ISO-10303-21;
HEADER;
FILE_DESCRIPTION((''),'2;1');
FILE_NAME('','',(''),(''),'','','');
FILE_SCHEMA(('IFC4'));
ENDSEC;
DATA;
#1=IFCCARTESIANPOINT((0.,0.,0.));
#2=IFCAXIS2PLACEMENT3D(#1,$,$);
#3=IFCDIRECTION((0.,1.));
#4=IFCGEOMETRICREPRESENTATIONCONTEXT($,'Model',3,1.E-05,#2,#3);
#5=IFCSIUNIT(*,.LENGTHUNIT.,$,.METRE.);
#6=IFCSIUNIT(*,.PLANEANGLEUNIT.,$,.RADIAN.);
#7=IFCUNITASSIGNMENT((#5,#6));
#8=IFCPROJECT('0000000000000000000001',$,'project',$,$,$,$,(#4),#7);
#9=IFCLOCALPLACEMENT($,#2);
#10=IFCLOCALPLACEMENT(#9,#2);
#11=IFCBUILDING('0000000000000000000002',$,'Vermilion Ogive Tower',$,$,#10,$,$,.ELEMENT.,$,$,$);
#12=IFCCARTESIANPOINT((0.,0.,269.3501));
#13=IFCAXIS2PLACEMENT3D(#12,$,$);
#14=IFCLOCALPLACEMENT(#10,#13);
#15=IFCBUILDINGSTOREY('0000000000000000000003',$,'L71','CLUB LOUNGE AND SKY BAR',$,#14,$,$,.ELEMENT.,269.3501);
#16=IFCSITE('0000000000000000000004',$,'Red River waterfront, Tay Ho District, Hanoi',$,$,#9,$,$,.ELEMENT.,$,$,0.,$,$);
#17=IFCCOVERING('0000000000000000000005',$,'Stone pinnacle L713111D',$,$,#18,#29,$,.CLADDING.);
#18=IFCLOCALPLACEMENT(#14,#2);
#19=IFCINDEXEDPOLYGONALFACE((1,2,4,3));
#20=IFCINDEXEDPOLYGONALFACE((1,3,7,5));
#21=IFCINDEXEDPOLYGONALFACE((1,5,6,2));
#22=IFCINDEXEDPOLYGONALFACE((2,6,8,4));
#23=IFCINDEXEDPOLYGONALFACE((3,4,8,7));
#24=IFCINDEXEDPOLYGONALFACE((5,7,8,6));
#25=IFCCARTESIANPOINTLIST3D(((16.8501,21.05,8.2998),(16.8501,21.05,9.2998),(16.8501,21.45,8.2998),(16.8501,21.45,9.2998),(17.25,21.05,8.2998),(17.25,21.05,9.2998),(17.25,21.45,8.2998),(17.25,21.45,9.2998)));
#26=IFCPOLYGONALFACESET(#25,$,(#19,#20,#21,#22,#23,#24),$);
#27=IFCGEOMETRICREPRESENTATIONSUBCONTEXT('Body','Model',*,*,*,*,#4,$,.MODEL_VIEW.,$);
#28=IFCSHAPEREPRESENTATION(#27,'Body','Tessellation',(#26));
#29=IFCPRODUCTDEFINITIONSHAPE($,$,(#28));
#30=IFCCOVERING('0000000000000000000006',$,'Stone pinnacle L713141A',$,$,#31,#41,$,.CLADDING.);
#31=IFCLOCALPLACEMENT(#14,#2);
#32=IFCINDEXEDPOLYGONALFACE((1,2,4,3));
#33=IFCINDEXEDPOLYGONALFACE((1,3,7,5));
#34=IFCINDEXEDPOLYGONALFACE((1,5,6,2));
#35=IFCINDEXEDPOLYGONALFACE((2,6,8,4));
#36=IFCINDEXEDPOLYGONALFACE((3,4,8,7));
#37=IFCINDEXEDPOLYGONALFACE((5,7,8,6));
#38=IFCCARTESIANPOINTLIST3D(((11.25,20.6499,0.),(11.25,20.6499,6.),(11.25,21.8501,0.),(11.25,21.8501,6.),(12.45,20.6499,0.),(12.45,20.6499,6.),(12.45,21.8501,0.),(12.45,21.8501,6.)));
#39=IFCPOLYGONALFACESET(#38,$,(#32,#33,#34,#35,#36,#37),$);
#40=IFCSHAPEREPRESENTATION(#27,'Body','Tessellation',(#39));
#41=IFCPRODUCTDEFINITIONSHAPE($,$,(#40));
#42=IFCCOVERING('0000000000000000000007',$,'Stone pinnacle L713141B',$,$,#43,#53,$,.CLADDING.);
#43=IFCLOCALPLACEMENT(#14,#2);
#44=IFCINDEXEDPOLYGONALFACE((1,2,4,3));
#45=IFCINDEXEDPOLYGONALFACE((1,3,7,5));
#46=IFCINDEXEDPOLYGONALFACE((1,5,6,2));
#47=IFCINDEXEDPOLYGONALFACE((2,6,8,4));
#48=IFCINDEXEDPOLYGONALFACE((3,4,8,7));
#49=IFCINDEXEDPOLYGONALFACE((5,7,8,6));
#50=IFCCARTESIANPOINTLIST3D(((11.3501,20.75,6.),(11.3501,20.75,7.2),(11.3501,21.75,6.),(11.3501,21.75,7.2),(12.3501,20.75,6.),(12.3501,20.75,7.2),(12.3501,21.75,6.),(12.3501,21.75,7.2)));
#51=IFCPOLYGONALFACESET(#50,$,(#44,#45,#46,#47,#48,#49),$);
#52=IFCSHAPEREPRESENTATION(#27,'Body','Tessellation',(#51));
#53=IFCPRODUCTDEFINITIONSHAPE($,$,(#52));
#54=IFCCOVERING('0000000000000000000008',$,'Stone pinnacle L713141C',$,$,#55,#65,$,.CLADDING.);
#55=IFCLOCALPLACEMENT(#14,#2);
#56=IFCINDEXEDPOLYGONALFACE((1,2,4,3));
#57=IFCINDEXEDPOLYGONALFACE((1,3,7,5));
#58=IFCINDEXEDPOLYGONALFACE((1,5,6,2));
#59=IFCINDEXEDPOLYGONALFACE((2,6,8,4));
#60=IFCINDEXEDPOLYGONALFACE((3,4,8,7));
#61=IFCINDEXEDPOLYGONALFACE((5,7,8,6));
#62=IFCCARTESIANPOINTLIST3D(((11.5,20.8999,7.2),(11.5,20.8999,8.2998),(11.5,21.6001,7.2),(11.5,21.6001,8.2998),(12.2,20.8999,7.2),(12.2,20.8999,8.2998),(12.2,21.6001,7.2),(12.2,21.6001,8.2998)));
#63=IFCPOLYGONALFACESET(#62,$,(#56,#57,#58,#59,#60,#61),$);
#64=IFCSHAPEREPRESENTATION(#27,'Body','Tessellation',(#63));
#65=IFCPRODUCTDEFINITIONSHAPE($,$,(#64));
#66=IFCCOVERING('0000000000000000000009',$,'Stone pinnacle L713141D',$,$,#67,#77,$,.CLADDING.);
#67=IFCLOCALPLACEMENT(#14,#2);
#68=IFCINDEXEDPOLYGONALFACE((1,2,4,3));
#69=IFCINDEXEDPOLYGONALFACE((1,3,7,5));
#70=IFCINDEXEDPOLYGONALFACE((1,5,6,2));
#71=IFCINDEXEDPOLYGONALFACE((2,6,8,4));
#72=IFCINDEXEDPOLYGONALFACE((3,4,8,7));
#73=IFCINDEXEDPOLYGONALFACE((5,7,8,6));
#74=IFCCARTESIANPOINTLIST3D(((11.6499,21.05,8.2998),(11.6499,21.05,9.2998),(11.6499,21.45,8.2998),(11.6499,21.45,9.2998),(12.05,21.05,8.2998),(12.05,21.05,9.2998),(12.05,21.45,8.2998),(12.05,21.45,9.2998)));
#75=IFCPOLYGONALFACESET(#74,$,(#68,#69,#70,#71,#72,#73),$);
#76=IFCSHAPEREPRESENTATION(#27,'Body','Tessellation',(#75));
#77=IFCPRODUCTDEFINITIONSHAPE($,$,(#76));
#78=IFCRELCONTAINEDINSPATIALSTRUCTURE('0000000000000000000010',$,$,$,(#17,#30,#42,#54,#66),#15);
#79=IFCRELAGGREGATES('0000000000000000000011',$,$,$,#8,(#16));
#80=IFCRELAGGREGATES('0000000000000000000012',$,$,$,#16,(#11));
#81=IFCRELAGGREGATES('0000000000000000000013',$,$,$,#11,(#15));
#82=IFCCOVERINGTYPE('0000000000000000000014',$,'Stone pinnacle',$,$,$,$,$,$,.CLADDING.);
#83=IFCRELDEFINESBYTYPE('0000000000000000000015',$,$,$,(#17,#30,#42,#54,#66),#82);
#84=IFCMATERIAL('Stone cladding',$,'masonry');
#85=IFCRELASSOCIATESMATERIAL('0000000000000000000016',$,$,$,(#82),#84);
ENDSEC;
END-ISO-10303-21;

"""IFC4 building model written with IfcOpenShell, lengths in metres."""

from ifc_helpers import new_model, si_unit, direction, frame, origin, place, context, subcontext, project, spatial, polyline, outline, extrude, material, type_object, element, save


model = new_model("IFC4")

# Units and contexts
model_context = context("Model", 3, precision=1e-05, world=origin(), true_north=direction((0.0, 1.0)))
body_context = subcontext(model_context, "Body", "Model", "MODEL_VIEW")
ifc_project = project(units=[si_unit("LENGTHUNIT", "METRE"), si_unit("PLANEANGLEUNIT", "RADIAN")], contexts=[model_context])

# Site, building, storey
site_placement = place(None, origin())
site = spatial("IfcSite", under=ifc_project, at=site_placement, Name="Red River waterfront, Tay Ho District, Hanoi", CompositionType="ELEMENT", RefElevation=0.0)
building_placement = place(site_placement, origin())
building = spatial("IfcBuilding", under=site, at=building_placement, Name="Vermilion Ogive Tower", CompositionType="ELEMENT")
storey_placement = place(building_placement, frame((0.0, 0.0, 269.3501)))
storey = spatial("IfcBuildingStorey", under=building, at=storey_placement, Name="L71", Description="CLUB LOUNGE AND SKY BAR", CompositionType="ELEMENT", Elevation=269.3501)

# Coverings
ifc_material_1 = material(Name="Stone cladding", Category="masonry")
covering_type_1 = type_object("IfcCoveringType", Name="Stone pinnacle", PredefinedType="CLADDING", material=ifc_material_1)
covering_1_placement = place(storey_placement, frame((0.0, 0.0, 8.2998)))
element("IfcCovering", 1, at=covering_1_placement, inside=storey, type_object=covering_type_1, Name="Stone pinnacle L713111D", PredefinedType="CLADDING", context=body_context, shape_type="SweptSolid", body=[
    extrude(outline(polyline([(16.8501, 21.05), (17.25, 21.05), (17.25, 21.45), (16.8501, 21.45), (16.8501, 21.05)])), origin(), (0.0, 0.0, 1.0), 1.0),
])
covering_2_placement = place(storey_placement, origin())
element("IfcCovering", 2, at=covering_2_placement, inside=storey, type_object=covering_type_1, Name="Stone pinnacle L713141A", PredefinedType="CLADDING", context=body_context, shape_type="SweptSolid", body=[
    extrude(outline(polyline([(11.25, 20.6499), (12.45, 20.6499), (12.45, 21.8501), (11.25, 21.8501), (11.25, 20.6499)])), origin(), (0.0, 0.0, 1.0), 6.0),
])
covering_3_placement = place(storey_placement, frame((0.0, 0.0, 6.0)))
element("IfcCovering", 3, at=covering_3_placement, inside=storey, type_object=covering_type_1, Name="Stone pinnacle L713141B", PredefinedType="CLADDING", context=body_context, shape_type="SweptSolid", body=[
    extrude(outline(polyline([(11.3501, 20.75), (12.3501, 20.75), (12.3501, 21.75), (11.3501, 21.75), (11.3501, 20.75)])), origin(), (0.0, 0.0, 1.0), 1.2),
])
covering_4_placement = place(storey_placement, frame((0.0, 0.0, 7.2)))
element("IfcCovering", 4, at=covering_4_placement, inside=storey, type_object=covering_type_1, Name="Stone pinnacle L713141C", PredefinedType="CLADDING", context=body_context, shape_type="SweptSolid", body=[
    extrude(outline(polyline([(11.5, 20.8999), (12.2, 20.8999), (12.2, 21.6001), (11.5, 21.6001), (11.5, 20.8999)])), origin(), (0.0, 0.0, 1.0), 1.0999),
])
covering_5_placement = place(storey_placement, frame((0.0, 0.0, 8.2998)))
element("IfcCovering", 5, at=covering_5_placement, inside=storey, type_object=covering_type_1, Name="Stone pinnacle L713141D", PredefinedType="CLADDING", context=body_context, shape_type="SweptSolid", body=[
    extrude(outline(polyline([(11.6499, 21.05), (12.05, 21.05), (12.05, 21.45), (11.6499, 21.45), (11.6499, 21.05)])), origin(), (0.0, 0.0, 1.0), 1.0),
])

save(model, "model.ifc")
